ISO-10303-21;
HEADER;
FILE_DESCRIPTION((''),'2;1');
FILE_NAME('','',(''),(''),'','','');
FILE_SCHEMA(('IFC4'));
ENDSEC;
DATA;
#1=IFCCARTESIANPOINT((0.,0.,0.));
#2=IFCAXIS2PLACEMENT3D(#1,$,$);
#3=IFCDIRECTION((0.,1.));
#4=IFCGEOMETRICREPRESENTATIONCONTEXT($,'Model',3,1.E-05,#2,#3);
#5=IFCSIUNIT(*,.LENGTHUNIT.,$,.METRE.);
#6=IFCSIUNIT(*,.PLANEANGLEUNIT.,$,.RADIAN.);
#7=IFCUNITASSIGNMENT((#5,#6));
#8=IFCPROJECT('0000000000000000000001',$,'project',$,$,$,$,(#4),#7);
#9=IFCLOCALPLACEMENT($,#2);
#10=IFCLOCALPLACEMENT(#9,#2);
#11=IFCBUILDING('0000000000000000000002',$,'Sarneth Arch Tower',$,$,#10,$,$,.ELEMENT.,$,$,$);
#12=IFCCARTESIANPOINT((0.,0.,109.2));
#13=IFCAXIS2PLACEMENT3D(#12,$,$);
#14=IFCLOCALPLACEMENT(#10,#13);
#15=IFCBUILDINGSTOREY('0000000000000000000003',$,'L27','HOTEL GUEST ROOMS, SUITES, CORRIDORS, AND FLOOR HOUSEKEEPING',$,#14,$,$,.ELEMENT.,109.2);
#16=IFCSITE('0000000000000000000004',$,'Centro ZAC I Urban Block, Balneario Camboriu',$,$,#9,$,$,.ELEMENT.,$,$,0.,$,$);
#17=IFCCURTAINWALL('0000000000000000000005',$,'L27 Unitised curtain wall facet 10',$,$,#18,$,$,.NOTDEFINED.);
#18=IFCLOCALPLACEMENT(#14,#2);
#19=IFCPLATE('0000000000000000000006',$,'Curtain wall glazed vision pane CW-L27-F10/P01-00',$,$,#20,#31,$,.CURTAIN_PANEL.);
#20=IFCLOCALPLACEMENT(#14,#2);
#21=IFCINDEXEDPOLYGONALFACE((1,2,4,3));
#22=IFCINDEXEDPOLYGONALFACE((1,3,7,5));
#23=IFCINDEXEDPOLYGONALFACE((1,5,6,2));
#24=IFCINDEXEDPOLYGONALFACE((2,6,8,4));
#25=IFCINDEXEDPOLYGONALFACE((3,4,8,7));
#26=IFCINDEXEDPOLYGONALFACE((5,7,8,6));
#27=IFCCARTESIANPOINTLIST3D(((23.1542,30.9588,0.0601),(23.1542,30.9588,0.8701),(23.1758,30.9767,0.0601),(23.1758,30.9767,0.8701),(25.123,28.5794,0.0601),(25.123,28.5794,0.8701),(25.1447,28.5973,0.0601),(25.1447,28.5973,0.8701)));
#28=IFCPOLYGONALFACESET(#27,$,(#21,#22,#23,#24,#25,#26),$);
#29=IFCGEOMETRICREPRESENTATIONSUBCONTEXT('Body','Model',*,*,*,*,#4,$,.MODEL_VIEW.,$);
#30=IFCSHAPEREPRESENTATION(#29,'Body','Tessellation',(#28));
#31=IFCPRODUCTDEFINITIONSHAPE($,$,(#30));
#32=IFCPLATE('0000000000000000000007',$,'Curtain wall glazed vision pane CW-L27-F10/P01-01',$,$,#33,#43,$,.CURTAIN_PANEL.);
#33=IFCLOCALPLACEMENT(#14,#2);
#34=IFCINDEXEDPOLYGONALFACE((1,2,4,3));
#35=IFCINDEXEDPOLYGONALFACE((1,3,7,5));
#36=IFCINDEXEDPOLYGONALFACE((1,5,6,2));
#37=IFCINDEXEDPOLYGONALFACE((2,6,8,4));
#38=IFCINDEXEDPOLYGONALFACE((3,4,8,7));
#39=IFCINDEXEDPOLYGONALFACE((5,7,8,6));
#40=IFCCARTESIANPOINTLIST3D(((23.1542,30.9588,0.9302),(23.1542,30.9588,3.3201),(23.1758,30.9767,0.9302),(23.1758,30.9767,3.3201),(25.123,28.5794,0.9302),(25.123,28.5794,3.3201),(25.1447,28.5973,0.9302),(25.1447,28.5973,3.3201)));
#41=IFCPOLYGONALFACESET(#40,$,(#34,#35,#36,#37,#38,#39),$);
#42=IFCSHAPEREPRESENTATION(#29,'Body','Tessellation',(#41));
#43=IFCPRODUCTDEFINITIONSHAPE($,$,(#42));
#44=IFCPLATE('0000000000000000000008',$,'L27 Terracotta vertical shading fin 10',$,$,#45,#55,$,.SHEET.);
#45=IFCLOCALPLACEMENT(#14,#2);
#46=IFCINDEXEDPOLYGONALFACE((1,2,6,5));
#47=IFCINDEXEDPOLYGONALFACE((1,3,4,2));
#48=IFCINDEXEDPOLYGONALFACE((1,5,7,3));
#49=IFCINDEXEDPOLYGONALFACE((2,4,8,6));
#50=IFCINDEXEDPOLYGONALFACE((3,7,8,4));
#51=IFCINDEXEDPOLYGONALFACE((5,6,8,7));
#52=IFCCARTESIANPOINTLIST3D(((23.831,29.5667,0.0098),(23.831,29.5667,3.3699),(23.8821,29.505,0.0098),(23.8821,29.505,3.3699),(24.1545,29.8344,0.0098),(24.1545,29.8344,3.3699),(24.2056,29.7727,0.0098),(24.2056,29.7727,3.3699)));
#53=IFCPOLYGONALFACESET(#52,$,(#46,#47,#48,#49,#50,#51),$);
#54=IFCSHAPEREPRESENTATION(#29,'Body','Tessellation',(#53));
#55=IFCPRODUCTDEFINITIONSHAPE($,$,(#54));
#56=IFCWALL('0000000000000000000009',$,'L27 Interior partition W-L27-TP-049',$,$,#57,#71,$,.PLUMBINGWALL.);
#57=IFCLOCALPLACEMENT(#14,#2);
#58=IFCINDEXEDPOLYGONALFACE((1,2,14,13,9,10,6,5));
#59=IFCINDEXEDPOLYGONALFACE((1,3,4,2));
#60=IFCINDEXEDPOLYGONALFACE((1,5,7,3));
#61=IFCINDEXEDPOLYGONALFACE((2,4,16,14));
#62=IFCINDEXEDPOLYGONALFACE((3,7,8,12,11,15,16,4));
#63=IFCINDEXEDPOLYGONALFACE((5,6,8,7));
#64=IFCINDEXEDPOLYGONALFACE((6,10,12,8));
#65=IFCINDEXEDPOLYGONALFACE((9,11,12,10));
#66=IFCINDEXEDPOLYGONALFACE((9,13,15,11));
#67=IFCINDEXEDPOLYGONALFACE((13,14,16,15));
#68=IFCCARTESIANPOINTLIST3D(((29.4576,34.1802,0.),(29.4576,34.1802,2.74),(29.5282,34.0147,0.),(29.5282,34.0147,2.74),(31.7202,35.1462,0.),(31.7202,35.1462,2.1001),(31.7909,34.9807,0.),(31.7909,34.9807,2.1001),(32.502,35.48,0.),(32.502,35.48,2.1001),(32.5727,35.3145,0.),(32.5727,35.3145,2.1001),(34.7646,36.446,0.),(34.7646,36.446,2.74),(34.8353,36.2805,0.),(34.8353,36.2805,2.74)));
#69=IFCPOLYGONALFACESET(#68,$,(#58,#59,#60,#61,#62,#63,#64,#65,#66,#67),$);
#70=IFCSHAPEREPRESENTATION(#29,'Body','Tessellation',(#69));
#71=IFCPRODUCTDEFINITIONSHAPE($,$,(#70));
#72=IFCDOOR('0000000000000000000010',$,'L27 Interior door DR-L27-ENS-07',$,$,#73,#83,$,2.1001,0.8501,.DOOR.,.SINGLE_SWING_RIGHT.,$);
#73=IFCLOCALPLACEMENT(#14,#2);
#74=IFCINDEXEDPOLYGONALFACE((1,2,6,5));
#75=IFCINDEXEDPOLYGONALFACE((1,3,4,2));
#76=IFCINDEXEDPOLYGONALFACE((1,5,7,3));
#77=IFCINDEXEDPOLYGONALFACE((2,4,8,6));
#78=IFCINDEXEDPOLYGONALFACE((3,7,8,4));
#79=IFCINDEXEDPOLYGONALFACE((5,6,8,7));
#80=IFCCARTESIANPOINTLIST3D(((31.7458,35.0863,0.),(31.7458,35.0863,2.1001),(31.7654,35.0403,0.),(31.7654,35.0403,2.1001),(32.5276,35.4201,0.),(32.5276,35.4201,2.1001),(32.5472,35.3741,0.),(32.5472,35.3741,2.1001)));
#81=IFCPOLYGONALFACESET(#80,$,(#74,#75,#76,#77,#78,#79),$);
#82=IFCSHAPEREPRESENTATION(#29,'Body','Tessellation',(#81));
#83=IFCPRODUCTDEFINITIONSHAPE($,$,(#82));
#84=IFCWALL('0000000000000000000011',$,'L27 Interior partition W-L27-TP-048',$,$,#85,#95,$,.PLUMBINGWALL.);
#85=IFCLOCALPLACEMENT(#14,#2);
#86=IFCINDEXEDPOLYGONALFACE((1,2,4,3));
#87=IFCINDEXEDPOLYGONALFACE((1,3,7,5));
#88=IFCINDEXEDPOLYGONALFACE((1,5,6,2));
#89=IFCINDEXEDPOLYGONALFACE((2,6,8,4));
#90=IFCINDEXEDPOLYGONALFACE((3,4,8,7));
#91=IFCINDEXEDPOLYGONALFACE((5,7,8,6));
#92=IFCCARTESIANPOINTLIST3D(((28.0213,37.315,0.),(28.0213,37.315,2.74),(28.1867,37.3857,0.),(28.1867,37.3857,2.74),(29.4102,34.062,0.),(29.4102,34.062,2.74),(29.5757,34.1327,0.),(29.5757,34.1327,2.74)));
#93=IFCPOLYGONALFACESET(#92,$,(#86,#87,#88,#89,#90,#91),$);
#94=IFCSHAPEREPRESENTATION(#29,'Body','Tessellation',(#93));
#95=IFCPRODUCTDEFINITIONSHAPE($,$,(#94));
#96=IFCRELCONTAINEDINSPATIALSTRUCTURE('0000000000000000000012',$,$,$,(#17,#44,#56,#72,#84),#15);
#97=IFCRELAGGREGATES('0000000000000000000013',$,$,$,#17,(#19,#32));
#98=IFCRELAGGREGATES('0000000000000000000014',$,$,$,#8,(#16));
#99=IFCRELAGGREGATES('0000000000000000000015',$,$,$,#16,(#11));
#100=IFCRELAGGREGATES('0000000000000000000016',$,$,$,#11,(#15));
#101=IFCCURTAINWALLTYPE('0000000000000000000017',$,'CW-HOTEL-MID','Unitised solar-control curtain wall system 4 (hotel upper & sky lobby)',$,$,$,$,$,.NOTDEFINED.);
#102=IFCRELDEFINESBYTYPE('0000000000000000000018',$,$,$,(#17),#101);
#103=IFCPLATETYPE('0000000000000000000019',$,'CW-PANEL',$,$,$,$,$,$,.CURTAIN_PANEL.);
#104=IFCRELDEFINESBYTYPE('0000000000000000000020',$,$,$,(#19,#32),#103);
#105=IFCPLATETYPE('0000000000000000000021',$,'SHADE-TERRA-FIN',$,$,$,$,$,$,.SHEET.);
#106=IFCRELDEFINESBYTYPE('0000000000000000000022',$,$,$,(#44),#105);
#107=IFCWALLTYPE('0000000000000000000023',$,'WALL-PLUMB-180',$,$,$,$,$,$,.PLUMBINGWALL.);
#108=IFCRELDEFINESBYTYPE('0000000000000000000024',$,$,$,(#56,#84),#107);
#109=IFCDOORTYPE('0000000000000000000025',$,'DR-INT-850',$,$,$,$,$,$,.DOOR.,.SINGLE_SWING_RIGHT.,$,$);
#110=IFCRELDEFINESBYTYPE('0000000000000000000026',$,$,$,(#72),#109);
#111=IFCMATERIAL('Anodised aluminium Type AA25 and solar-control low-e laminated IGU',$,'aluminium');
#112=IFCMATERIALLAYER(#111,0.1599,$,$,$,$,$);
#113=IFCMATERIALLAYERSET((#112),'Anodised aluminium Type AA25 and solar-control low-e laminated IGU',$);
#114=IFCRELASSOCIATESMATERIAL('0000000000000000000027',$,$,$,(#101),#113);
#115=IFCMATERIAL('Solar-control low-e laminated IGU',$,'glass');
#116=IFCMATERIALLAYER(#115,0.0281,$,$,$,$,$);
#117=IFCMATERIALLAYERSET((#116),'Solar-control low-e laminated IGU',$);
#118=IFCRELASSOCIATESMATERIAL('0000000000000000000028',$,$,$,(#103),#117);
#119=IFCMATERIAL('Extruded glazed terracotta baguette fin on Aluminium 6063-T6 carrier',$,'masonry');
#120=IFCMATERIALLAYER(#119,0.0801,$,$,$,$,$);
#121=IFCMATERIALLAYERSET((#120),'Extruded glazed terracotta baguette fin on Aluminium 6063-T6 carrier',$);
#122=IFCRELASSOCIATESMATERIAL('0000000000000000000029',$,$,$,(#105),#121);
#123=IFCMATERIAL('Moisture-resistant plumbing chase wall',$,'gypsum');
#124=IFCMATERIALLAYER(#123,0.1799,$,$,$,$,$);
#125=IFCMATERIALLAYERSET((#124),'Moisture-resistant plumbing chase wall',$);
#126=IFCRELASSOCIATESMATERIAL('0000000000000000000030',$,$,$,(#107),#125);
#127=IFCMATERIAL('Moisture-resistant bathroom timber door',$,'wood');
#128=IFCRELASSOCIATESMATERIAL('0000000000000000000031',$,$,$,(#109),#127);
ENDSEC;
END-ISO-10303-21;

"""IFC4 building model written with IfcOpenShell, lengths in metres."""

from ifc_helpers import new_model, si_unit, direction, frame, frame_2d, origin, origin_2d, place, context, subcontext, project, spatial, rectangle, extrude, material, layer, layer_set, type_object, element, fill, aggregate, save


model = new_model("IFC4")

# Units and contexts
model_context = context("Model", 3, precision=1e-05, world=origin(), true_north=direction((0.0, 1.0)))
body_context = subcontext(model_context, "Body", "Model", "MODEL_VIEW")
ifc_project = project(units=[si_unit("LENGTHUNIT", "METRE"), si_unit("PLANEANGLEUNIT", "RADIAN")], contexts=[model_context])

# Site, building, storey
site_placement = place(None, origin())
site = spatial("IfcSite", under=ifc_project, at=site_placement, Name="Centro ZAC I Urban Block, Balneario Camboriu", CompositionType="ELEMENT", RefElevation=0.0)
building_placement = place(site_placement, origin())
building = spatial("IfcBuilding", under=site, at=building_placement, Name="Sarneth Arch Tower", CompositionType="ELEMENT")
storey_placement = place(building_placement, frame((0.0, 0.0, 109.2)))
storey = spatial("IfcBuildingStorey", under=building, at=storey_placement, Name="L27", Description="HOTEL GUEST ROOMS, SUITES, CORRIDORS, AND FLOOR HOUSEKEEPING", CompositionType="ELEMENT", Elevation=109.2)

# Curtain wall, plates
ifc_material_1 = material(Name="Anodised aluminium Type AA25 and solar-control low-e laminated IGU", Category="aluminium")
ifc_layer_1 = layer(ifc_material_1, 0.1599)
ifc_layer_set_1 = layer_set([ifc_layer_1], Name="Anodised aluminium Type AA25 and solar-control low-e laminated IGU")
curtain_wall_type = type_object("IfcCurtainWallType", Name="CW-HOTEL-MID", Description="Unitised solar-control curtain wall system 4 (hotel upper & sky lobby)", PredefinedType="NOTDEFINED", material=ifc_layer_set_1)
curtain_wall_placement = place(storey_placement, origin())
curtain_wall = element("IfcCurtainWall", 1, at=curtain_wall_placement, inside=storey, type_object=curtain_wall_type, Name="L27 Unitised curtain wall facet 10", PredefinedType="NOTDEFINED")
ifc_material_2 = material(Name="Solar-control low-e laminated IGU", Category="glass")
ifc_layer_2 = layer(ifc_material_2, 0.0281)
ifc_layer_set_2 = layer_set([ifc_layer_2], Name="Solar-control low-e laminated IGU")
plate_type_1 = type_object("IfcPlateType", Name="CW-PANEL", PredefinedType="CURTAIN_PANEL", material=ifc_layer_set_2)
plate_1_placement = place(storey_placement, frame((24.1494, 29.7781, 0.0601), z_axis=(0.0, 0.0, 1.0), x_axis=(0.637515, -0.770438, 0.0)))
plate_1 = element("IfcPlate", 2, at=plate_1_placement, type_object=plate_type_1, Name="Curtain wall glazed vision pane CW-L27-F10/P01-00", PredefinedType="CURTAIN_PANEL", context=body_context, shape_type="SweptSolid", body=[
    extrude(rectangle(XDim=3.0884, YDim=0.0281, at=origin_2d()), origin(), (0.0, 0.0, 1.0), 0.8101),
])
plate_2_placement = place(storey_placement, frame((24.1494, 29.7781, 0.9302), z_axis=(0.0, 0.0, 1.0), x_axis=(0.637515, -0.770438, 0.0)))
plate_2 = element("IfcPlate", 3, at=plate_2_placement, type_object=plate_type_1, Name="Curtain wall glazed vision pane CW-L27-F10/P01-01", PredefinedType="CURTAIN_PANEL", context=body_context, shape_type="SweptSolid", body=[
    extrude(rectangle(XDim=3.0884, YDim=0.0281, at=origin_2d()), origin(), (0.0, 0.0, 1.0), 2.3899),
])
aggregate(curtain_wall, [plate_1, plate_2])

# Plate
ifc_material_3 = material(Name="Extruded glazed terracotta baguette fin on Aluminium 6063-T6 carrier", Category="masonry")
ifc_layer_3 = layer(ifc_material_3, 0.0801)
ifc_layer_set_3 = layer_set([ifc_layer_3], Name="Extruded glazed terracotta baguette fin on Aluminium 6063-T6 carrier")
plate_type_2 = type_object("IfcPlateType", Name="SHADE-TERRA-FIN", PredefinedType="SHEET", material=ifc_layer_set_3)
plate_3_placement = place(storey_placement, frame((24.0183, 29.6697, 0.0098), z_axis=(0.0, 0.0, 1.0), x_axis=(-0.770402, -0.637558, 0.0)))
element("IfcPlate", 4, at=plate_3_placement, inside=storey, type_object=plate_type_2, Name="L27 Terracotta vertical shading fin 10", PredefinedType="SHEET", context=body_context, shape_type="SweptSolid", body=[
    extrude(rectangle(XDim=0.4199, YDim=0.0801, at=origin_2d()), origin(), (0.0, 0.0, 1.0), 3.3601),
])

# Wall, opening, door
ifc_material_4 = material(Name="Moisture-resistant plumbing chase wall", Category="gypsum")
ifc_layer_4 = layer(ifc_material_4, 0.1799)
ifc_layer_set_4 = layer_set([ifc_layer_4], Name="Moisture-resistant plumbing chase wall")
wall_type = type_object("IfcWallType", Name="WALL-PLUMB-180", PredefinedType="PLUMBINGWALL", material=ifc_layer_set_4)
wall_1_placement = place(storey_placement, frame((29.4929, 34.0974, 0.0), z_axis=(0.0, 0.0, 1.0), x_axis=(0.919685, 0.392658, 0.0)))
wall_1 = element("IfcWall", 5, at=wall_1_placement, inside=storey, type_object=wall_type, Name="L27 Interior partition W-L27-TP-049", PredefinedType="PLUMBINGWALL", context=body_context, shape_type="SweptSolid", body=[
    extrude(rectangle(XDim=5.7705, YDim=0.1799, at=frame_2d((2.8853, 0.0))), origin(), (0.0, 0.0, 1.0), 2.74),
])
opening_placement = place(wall_1_placement, frame((2.4602, 0.0, 0.0)))
opening = element("IfcOpeningElement", 6, at=opening_placement, cuts=wall_1, PredefinedType="OPENING", context=body_context, shape_type="SweptSolid", body=[
    extrude(rectangle(XDim=0.8501, YDim=2.1001, at=frame_2d((0.425, 1.05))), frame((0.0, 0.0999, 0.0), z_axis=(0.0, -1.0, 0.0), x_axis=(1.0, 0.0, 0.0)), (0.0, 0.0, 1.0), 0.2),
])
ifc_material_5 = material(Name="Moisture-resistant bathroom timber door", Category="wood")
door_type = type_object("IfcDoorType", Name="DR-INT-850", OperationType="SINGLE_SWING_RIGHT", PredefinedType="DOOR", material=ifc_material_5)
door_placement = place(opening_placement, origin())
door = element("IfcDoor", 7, at=door_placement, inside=storey, type_object=door_type, Name="L27 Interior door DR-L27-ENS-07", OperationType="SINGLE_SWING_RIGHT", OverallHeight=2.1001, OverallWidth=0.8501, PredefinedType="DOOR", context=body_context, shape_type="SweptSolid", body=[
    extrude(rectangle(XDim=0.8501, YDim=2.1001, at=frame_2d((0.425, 1.05))), frame((0.0, 0.0249, 0.0), z_axis=(0.0, -1.0, 0.0), x_axis=(1.0, 0.0, 0.0)), (0.0, 0.0, 1.0), 0.05),
])
fill(opening, door)

# Wall
wall_2_placement = place(storey_placement, frame((28.104, 37.3503, 0.0), z_axis=(0.0, 0.0, 1.0), x_axis=(0.392678, -0.919676, 0.0)))
element("IfcWall", 8, at=wall_2_placement, inside=storey, type_object=wall_type, Name="L27 Interior partition W-L27-TP-048", PredefinedType="PLUMBINGWALL", context=body_context, shape_type="SweptSolid", body=[
    extrude(rectangle(XDim=3.5371, YDim=0.1799, at=frame_2d((1.7686, 0.0))), origin(), (0.0, 0.0, 1.0), 2.74),
])

save(model, "model.ifc")
